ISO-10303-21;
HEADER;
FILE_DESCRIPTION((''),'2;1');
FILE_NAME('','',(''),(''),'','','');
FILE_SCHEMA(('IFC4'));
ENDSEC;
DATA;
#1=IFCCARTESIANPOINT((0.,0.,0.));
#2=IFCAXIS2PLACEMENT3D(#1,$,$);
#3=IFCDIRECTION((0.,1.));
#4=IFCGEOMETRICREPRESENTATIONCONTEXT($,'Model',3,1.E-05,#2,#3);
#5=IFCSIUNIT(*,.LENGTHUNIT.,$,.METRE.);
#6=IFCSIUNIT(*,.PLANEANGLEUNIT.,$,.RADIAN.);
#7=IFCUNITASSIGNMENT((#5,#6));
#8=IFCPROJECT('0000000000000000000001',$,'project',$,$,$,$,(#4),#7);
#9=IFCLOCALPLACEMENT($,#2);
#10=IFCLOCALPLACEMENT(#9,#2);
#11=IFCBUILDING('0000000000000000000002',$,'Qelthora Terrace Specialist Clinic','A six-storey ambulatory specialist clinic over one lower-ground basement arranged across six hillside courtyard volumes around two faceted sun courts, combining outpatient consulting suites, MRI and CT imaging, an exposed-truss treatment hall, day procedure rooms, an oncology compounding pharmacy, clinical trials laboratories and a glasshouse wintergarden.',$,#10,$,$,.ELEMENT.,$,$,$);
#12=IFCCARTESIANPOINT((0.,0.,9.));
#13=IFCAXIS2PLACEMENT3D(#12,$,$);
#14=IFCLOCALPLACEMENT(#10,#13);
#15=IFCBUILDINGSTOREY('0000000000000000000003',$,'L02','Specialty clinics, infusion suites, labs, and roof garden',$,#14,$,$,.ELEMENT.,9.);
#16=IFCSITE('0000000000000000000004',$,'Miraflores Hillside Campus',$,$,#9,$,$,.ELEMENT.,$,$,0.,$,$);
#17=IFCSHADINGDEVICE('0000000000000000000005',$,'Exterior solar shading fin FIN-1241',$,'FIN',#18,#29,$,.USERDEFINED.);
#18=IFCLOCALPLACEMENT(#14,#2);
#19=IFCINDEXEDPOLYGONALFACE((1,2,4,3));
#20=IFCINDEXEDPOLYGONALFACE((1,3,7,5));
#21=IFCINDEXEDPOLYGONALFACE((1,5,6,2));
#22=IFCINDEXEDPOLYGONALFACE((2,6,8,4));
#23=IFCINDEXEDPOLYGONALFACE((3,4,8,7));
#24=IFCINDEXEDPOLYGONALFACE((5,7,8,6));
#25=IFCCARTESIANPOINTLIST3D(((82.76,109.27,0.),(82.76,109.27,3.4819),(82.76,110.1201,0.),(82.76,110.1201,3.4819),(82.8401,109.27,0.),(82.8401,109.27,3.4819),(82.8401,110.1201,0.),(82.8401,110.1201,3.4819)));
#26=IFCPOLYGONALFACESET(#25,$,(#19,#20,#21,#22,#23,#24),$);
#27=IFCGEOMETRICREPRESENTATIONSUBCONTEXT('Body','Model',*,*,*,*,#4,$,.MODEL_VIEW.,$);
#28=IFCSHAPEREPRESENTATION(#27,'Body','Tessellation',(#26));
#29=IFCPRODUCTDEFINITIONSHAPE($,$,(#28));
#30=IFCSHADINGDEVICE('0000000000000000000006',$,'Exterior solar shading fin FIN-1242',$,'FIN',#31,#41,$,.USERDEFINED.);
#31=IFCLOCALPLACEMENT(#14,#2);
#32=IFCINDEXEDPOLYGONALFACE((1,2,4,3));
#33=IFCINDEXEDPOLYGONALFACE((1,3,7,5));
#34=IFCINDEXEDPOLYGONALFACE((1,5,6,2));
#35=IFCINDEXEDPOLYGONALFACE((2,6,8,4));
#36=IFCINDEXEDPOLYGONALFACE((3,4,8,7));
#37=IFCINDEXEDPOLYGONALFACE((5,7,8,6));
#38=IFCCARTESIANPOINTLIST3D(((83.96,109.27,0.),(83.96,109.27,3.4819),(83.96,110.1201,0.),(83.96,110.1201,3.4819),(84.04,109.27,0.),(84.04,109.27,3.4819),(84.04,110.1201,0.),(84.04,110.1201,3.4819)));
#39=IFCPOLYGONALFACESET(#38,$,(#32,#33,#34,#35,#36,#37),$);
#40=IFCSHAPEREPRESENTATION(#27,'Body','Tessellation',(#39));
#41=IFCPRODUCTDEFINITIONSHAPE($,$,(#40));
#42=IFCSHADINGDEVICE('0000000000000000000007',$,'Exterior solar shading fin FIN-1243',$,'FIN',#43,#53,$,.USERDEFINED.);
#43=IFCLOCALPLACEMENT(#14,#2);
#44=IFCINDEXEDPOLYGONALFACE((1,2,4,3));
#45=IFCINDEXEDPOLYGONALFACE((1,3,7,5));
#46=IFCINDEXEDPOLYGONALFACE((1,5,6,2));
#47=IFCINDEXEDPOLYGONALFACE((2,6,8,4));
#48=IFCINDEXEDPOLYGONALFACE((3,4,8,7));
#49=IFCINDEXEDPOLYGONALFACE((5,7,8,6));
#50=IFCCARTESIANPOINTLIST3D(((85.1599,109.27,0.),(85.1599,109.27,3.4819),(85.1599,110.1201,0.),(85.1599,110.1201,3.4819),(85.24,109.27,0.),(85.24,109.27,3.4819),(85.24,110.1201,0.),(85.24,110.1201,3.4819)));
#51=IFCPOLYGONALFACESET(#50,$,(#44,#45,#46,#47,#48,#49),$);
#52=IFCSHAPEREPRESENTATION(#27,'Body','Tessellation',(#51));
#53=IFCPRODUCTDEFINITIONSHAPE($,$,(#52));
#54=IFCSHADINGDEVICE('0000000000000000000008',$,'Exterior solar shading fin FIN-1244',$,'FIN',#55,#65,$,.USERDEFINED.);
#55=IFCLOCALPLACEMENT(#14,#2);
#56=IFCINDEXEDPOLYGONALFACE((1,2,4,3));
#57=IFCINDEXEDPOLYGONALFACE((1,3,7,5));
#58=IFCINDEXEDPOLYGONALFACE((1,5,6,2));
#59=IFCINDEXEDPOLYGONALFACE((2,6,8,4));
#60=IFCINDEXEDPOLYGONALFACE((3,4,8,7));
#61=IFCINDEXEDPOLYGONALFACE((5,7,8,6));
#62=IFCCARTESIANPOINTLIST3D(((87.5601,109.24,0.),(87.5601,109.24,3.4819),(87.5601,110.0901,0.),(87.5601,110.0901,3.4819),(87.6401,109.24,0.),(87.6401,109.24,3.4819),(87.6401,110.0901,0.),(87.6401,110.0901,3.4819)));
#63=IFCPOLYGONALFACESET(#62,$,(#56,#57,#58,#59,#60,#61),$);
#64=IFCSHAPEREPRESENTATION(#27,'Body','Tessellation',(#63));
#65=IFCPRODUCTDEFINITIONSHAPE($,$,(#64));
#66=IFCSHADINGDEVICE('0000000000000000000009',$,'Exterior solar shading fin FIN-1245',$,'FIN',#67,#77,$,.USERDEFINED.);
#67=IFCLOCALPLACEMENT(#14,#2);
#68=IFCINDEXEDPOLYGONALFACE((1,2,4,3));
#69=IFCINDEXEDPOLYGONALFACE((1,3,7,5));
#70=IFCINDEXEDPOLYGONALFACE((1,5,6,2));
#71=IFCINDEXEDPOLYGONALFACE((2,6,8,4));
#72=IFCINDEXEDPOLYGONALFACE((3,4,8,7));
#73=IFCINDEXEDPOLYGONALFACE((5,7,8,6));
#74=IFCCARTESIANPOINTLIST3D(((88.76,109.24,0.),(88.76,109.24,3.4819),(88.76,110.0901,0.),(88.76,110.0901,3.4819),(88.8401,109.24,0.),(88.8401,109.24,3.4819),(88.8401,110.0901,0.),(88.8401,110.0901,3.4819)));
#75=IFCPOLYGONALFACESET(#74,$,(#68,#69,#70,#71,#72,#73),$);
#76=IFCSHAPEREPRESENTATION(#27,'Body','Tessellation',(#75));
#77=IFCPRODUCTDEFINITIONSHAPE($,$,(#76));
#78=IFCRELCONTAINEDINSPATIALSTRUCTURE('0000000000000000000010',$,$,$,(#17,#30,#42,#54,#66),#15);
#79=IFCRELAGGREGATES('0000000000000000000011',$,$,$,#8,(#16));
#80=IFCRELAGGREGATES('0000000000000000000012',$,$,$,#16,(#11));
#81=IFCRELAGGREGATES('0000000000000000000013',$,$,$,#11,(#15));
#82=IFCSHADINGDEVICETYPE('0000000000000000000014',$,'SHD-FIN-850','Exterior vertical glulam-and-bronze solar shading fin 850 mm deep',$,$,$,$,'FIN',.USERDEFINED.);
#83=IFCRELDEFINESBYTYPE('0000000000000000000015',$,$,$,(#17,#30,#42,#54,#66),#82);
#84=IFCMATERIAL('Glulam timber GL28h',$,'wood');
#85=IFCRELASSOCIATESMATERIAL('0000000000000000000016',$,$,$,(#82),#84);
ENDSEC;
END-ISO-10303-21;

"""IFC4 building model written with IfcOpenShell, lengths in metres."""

from ifc_helpers import new_model, si_unit, direction, frame, origin, origin_2d, place, context, subcontext, project, spatial, rectangle, extrude, material, type_object, element, save


model = new_model("IFC4")

# Units and contexts
model_context = context("Model", 3, precision=1e-05, world=origin(), true_north=direction((0.0, 1.0)))
body_context = subcontext(model_context, "Body", "Model", "MODEL_VIEW")
ifc_project = project(units=[si_unit("LENGTHUNIT", "METRE"), si_unit("PLANEANGLEUNIT", "RADIAN")], contexts=[model_context])

# Site, building, storey
site_placement = place(None, origin())
site = spatial("IfcSite", under=ifc_project, at=site_placement, Name="Miraflores Hillside Campus", CompositionType="ELEMENT", RefElevation=0.0)
building_placement = place(site_placement, origin())
building = spatial("IfcBuilding", under=site, at=building_placement, Name="Qelthora Terrace Specialist Clinic", Description="A six-storey ambulatory specialist clinic over one lower-ground basement arranged across six hillside courtyard volumes around two faceted sun courts, combining outpatient consulting suites, MRI and CT imaging, an exposed-truss treatment hall, day procedure rooms, an oncology compounding pharmacy, clinical trials laboratories and a glasshouse wintergarden.", CompositionType="ELEMENT")
storey_placement = place(building_placement, frame((0.0, 0.0, 9.0)))
storey = spatial("IfcBuildingStorey", under=building, at=storey_placement, Name="L02", Description="Specialty clinics, infusion suites, labs, and roof garden", CompositionType="ELEMENT", Elevation=9.0)

# Shading devices
ifc_material_1 = material(Name="Glulam timber GL28h", Category="wood")
shading_device_type = type_object("IfcShadingDeviceType", Name="SHD-FIN-850", Description="Exterior vertical glulam-and-bronze solar shading fin 850 mm deep", ElementType="FIN", PredefinedType="USERDEFINED", material=ifc_material_1)
for number, where, z_axis, x_axis, name in (
    (1, (82.8, 109.6951, 0.0), (0.0, 0.0, 1.0), (0.0, 1.0, 0.0), "Exterior solar shading fin FIN-1241"),
    (2, (84.0, 109.6951, 0.0), (0.0, 0.0, 1.0), (0.0, 1.0, 0.0), "Exterior solar shading fin FIN-1242"),
    (3, (85.2, 109.6951, 0.0), (0.0, 0.0, 1.0), (0.0, 1.0, 0.0), "Exterior solar shading fin FIN-1243"),
    (4, (87.6001, 109.665, 0.0), (0.0, 0.0, 1.0), (0.0, 1.0, 0.0), "Exterior solar shading fin FIN-1244"),
    (5, (88.8, 109.665, 0.0), (0.0, 0.0, 1.0), (0.0, 1.0, 0.0), "Exterior solar shading fin FIN-1245"),
):
    element("IfcShadingDevice", number, at=place(storey_placement, frame(where, z_axis=z_axis, x_axis=x_axis)), inside=storey, type_object=shading_device_type, Name=name, ObjectType="FIN", PredefinedType="USERDEFINED", context=body_context, shape_type="SweptSolid", body=[
        extrude(rectangle(XDim=0.8501, YDim=0.0801, at=origin_2d()), origin(), (0.0, 0.0, 1.0), 3.4819),
    ])

save(model, "model.ifc")
